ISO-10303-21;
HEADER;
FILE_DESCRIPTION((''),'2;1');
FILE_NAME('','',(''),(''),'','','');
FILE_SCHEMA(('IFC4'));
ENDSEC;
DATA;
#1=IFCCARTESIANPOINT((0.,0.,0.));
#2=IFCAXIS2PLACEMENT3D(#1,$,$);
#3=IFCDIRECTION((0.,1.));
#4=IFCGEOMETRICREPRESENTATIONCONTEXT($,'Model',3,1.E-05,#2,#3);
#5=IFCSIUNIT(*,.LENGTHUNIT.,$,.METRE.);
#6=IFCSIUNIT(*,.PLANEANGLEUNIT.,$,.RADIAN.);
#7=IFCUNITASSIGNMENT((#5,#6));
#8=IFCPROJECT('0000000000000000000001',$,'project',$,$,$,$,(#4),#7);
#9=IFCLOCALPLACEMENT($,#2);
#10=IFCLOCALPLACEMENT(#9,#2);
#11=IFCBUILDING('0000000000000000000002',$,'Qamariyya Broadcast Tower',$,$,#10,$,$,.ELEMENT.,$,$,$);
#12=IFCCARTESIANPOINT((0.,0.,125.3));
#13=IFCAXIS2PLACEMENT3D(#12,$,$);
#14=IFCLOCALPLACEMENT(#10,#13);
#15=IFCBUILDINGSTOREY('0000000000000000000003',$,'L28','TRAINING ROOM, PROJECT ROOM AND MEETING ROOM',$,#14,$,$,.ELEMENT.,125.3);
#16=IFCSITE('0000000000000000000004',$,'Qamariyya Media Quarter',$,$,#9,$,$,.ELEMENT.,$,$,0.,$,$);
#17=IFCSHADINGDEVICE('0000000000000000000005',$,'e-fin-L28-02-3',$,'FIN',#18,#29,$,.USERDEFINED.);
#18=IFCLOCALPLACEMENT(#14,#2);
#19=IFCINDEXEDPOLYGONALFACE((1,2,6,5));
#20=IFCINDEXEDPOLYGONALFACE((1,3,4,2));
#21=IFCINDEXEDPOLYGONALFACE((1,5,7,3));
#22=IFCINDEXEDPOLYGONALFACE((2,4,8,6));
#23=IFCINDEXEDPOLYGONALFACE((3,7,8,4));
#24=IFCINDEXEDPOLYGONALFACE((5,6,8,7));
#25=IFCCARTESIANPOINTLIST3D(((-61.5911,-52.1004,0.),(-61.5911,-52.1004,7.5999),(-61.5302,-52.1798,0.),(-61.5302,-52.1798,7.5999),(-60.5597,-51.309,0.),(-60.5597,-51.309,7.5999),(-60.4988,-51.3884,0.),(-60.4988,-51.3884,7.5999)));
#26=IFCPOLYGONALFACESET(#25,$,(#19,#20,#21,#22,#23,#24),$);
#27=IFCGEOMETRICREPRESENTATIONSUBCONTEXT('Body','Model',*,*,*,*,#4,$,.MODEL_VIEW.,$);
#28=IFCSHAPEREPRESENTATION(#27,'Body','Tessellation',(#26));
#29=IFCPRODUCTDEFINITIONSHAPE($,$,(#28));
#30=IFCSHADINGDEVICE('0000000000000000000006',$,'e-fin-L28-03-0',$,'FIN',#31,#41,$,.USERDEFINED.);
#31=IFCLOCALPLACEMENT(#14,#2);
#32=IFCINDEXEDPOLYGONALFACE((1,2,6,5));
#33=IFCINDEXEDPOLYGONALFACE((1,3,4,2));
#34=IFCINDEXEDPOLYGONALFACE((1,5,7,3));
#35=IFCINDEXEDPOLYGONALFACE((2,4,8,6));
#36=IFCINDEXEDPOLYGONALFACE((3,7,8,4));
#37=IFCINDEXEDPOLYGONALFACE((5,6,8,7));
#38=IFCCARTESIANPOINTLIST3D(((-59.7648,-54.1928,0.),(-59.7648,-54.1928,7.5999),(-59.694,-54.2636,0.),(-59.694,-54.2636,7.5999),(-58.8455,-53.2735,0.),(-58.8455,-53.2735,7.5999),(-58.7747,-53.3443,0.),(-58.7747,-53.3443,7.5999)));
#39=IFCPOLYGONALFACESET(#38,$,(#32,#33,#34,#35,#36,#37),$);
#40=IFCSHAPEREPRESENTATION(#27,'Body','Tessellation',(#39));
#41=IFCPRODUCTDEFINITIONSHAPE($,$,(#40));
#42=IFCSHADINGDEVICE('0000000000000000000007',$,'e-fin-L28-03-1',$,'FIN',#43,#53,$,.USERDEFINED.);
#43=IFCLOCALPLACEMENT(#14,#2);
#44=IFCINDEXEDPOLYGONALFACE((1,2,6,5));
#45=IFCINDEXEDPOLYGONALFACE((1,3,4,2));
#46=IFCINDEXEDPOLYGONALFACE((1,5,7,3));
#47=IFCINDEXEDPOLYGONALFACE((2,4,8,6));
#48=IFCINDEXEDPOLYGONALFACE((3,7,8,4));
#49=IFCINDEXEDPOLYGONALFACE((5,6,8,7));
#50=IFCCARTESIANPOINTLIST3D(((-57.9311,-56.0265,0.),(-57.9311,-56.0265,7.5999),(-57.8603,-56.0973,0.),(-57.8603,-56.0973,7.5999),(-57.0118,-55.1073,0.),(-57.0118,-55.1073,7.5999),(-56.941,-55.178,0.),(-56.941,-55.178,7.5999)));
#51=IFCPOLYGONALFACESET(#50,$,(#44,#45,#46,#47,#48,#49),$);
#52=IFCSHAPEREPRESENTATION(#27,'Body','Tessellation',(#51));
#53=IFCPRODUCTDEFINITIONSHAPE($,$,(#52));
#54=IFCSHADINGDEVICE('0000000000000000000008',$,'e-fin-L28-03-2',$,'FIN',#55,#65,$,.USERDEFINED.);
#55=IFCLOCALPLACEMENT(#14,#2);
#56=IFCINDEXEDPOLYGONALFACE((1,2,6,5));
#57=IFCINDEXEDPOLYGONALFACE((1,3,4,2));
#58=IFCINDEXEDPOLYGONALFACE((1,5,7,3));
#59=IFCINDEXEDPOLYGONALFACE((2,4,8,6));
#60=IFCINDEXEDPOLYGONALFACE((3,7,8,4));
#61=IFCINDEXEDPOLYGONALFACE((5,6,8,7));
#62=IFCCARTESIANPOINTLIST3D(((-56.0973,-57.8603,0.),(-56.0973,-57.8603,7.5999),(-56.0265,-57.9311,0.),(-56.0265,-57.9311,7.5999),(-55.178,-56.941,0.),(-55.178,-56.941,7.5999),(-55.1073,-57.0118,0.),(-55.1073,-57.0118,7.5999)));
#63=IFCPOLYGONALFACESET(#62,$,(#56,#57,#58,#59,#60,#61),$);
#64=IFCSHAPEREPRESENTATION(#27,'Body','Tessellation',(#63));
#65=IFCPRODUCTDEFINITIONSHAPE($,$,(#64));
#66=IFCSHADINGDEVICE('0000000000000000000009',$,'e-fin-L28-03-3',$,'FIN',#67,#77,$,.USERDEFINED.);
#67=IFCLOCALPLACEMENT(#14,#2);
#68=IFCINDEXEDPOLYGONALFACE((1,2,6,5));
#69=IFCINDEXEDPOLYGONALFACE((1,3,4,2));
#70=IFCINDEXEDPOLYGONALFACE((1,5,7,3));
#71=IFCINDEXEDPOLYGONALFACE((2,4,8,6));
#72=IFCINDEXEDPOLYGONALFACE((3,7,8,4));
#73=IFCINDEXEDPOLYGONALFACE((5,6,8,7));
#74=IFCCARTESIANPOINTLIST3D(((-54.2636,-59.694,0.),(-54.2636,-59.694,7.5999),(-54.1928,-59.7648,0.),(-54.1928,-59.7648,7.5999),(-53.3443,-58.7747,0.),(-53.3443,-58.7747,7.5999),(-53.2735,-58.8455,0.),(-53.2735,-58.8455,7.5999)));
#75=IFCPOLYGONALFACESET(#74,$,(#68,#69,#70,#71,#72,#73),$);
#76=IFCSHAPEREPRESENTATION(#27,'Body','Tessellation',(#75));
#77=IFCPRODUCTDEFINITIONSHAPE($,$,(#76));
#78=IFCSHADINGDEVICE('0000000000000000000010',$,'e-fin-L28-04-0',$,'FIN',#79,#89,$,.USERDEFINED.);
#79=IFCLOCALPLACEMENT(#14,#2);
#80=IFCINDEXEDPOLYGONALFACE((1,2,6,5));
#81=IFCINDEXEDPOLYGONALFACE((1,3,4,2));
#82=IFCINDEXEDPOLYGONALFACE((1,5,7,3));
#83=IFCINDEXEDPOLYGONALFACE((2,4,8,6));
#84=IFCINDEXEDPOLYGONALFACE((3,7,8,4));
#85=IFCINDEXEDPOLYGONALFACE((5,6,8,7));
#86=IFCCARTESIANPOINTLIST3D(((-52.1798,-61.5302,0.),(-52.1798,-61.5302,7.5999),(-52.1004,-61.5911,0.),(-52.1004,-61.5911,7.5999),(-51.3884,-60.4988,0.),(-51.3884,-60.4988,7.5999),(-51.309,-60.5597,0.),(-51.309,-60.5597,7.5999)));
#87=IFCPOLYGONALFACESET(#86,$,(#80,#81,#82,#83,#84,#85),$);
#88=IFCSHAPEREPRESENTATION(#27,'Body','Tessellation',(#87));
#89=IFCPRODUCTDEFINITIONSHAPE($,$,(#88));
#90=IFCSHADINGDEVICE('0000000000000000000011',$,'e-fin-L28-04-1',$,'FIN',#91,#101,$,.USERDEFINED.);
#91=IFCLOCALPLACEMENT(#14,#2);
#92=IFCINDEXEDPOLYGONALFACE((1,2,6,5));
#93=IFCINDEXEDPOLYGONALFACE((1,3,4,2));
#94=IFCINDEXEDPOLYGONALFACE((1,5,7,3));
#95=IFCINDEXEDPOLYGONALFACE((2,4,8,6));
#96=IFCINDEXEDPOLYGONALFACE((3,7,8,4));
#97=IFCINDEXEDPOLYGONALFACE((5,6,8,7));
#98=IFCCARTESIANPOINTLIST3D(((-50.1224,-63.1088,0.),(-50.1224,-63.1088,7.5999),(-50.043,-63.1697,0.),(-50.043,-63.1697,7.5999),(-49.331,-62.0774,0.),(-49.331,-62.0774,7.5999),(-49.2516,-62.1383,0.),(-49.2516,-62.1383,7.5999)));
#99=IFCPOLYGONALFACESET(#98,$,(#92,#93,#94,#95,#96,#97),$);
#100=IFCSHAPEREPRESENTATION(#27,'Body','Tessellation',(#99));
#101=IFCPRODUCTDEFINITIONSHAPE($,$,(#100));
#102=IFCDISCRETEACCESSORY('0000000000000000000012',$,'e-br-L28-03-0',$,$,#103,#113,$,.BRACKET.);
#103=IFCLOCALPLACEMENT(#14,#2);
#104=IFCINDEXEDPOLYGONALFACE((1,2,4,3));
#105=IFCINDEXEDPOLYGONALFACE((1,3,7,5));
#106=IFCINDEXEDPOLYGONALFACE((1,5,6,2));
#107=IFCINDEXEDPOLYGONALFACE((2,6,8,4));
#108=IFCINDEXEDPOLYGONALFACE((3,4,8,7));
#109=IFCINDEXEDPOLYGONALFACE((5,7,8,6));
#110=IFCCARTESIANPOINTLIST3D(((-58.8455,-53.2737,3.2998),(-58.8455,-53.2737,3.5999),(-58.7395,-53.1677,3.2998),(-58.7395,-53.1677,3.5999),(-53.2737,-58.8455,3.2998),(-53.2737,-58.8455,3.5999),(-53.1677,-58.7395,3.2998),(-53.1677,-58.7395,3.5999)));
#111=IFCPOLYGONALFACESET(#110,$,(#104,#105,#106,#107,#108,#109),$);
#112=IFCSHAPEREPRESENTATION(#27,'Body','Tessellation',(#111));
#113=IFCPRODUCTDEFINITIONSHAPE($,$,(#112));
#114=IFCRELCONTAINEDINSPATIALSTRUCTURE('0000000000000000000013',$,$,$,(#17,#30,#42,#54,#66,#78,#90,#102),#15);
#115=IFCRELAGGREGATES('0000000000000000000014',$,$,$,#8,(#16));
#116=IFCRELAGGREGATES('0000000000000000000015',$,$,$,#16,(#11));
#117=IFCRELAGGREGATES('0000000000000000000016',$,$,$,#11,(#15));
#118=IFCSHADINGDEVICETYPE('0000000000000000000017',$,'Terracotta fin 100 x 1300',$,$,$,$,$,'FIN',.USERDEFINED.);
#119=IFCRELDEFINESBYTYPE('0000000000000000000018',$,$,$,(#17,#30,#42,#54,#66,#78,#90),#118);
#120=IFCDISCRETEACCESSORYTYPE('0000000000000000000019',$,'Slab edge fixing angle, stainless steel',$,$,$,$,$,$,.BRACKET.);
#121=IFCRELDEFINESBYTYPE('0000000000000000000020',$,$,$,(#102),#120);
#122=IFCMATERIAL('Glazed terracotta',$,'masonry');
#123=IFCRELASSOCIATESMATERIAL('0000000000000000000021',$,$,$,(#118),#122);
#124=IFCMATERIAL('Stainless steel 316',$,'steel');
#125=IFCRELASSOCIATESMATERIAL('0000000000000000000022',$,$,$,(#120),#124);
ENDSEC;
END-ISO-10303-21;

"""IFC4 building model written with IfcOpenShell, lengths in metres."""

from ifc_helpers import new_model, si_unit, direction, frame, origin, origin_2d, place, context, subcontext, project, spatial, rectangle, extrude, material, material_profile, profile_set, type_object, element, save


model = new_model("IFC4")

# Units and contexts
model_context = context("Model", 3, precision=1e-05, world=origin(), true_north=direction((0.0, 1.0)))
body_context = subcontext(model_context, "Body", "Model", "MODEL_VIEW")
ifc_project = project(units=[si_unit("LENGTHUNIT", "METRE"), si_unit("PLANEANGLEUNIT", "RADIAN")], contexts=[model_context])

# Site, building, storey
site_placement = place(None, origin())
site = spatial("IfcSite", under=ifc_project, at=site_placement, Name="Qamariyya Media Quarter", CompositionType="ELEMENT", RefElevation=0.0)
building_placement = place(site_placement, origin())
building = spatial("IfcBuilding", under=site, at=building_placement, Name="Qamariyya Broadcast Tower", CompositionType="ELEMENT")
storey_placement = place(building_placement, frame((0.0, 0.0, 125.3)))
storey = spatial("IfcBuildingStorey", under=building, at=storey_placement, Name="L28", Description="TRAINING ROOM, PROJECT ROOM AND MEETING ROOM", CompositionType="ELEMENT", Elevation=125.3)

# Shading devices
ifc_material_1 = material(Name="Glazed terracotta", Category="masonry")
ifc_material_profile_1 = material_profile(ifc_material_1, rectangle(XDim=1.3, YDim=0.1001, at=origin_2d()))
ifc_profile_set_1 = profile_set([ifc_material_profile_1], Name="Glazed terracotta")
shading_device_type_1 = type_object("IfcShadingDeviceType", Name="Terracotta fin 100 x 1300", ElementType="FIN", PredefinedType="USERDEFINED", material=ifc_profile_set_1)
for number, where, z_axis, x_axis, name in (
    (1, (-61.0449, -51.7444, 0.0), (0.0, 0.0, 1.0), (-0.793353, -0.608761, 0.0), "e-fin-L28-02-3"),
    (2, (-59.2698, -53.7686, 0.0), (0.0, 0.0, 1.0), (-0.707107, -0.707107, 0.0), "e-fin-L28-03-0"),
    (3, (-57.436, -55.6023, 0.0), (0.0, 0.0, 1.0), (-0.707107, -0.707107, 0.0), "e-fin-L28-03-1"),
    (4, (-55.6023, -57.436, 0.0), (0.0, 0.0, 1.0), (-0.707107, -0.707107, 0.0), "e-fin-L28-03-2"),
    (5, (-53.7686, -59.2698, 0.0), (0.0, 0.0, 1.0), (-0.707107, -0.707107, 0.0), "e-fin-L28-03-3"),
    (6, (-51.7444, -61.0449, 0.0), (0.0, 0.0, 1.0), (-0.608761, -0.793353, 0.0), "e-fin-L28-04-0"),
    (7, (-49.687, -62.6235, 0.0), (0.0, 0.0, 1.0), (-0.608761, -0.793353, 0.0), "e-fin-L28-04-1"),
):
    element("IfcShadingDevice", number, at=place(storey_placement, frame(where, z_axis=z_axis, x_axis=x_axis)), inside=storey, type_object=shading_device_type_1, Name=name, ObjectType="FIN", PredefinedType="USERDEFINED", context=body_context, shape_type="SweptSolid", body=[
        extrude(rectangle(XDim=1.3, YDim=0.1001, at=origin_2d()), origin(), (0.0, 0.0, 1.0), 7.5999),
    ])

# Discrete accessory
ifc_material_2 = material(Name="Stainless steel 316", Category="steel")
discrete_accessory_type = type_object("IfcDiscreteAccessoryType", Name="Slab edge fixing angle, stainless steel", PredefinedType="BRACKET", material=ifc_material_2)
discrete_accessory_placement = place(storey_placement, frame((-56.0066, -56.0066, 3.2998), z_axis=(0.0, 0.0, 1.0), x_axis=(0.707107, -0.707107, 0.0)))
element("IfcDiscreteAccessory", 8, at=discrete_accessory_placement, inside=storey, type_object=discrete_accessory_type, Name="e-br-L28-03-0", PredefinedType="BRACKET", context=body_context, shape_type="SweptSolid", body=[
    extrude(rectangle(XDim=7.8796, YDim=0.1499, at=origin_2d()), origin(), (0.0, 0.0, 1.0), 0.3),
])

save(model, "model.ifc")
